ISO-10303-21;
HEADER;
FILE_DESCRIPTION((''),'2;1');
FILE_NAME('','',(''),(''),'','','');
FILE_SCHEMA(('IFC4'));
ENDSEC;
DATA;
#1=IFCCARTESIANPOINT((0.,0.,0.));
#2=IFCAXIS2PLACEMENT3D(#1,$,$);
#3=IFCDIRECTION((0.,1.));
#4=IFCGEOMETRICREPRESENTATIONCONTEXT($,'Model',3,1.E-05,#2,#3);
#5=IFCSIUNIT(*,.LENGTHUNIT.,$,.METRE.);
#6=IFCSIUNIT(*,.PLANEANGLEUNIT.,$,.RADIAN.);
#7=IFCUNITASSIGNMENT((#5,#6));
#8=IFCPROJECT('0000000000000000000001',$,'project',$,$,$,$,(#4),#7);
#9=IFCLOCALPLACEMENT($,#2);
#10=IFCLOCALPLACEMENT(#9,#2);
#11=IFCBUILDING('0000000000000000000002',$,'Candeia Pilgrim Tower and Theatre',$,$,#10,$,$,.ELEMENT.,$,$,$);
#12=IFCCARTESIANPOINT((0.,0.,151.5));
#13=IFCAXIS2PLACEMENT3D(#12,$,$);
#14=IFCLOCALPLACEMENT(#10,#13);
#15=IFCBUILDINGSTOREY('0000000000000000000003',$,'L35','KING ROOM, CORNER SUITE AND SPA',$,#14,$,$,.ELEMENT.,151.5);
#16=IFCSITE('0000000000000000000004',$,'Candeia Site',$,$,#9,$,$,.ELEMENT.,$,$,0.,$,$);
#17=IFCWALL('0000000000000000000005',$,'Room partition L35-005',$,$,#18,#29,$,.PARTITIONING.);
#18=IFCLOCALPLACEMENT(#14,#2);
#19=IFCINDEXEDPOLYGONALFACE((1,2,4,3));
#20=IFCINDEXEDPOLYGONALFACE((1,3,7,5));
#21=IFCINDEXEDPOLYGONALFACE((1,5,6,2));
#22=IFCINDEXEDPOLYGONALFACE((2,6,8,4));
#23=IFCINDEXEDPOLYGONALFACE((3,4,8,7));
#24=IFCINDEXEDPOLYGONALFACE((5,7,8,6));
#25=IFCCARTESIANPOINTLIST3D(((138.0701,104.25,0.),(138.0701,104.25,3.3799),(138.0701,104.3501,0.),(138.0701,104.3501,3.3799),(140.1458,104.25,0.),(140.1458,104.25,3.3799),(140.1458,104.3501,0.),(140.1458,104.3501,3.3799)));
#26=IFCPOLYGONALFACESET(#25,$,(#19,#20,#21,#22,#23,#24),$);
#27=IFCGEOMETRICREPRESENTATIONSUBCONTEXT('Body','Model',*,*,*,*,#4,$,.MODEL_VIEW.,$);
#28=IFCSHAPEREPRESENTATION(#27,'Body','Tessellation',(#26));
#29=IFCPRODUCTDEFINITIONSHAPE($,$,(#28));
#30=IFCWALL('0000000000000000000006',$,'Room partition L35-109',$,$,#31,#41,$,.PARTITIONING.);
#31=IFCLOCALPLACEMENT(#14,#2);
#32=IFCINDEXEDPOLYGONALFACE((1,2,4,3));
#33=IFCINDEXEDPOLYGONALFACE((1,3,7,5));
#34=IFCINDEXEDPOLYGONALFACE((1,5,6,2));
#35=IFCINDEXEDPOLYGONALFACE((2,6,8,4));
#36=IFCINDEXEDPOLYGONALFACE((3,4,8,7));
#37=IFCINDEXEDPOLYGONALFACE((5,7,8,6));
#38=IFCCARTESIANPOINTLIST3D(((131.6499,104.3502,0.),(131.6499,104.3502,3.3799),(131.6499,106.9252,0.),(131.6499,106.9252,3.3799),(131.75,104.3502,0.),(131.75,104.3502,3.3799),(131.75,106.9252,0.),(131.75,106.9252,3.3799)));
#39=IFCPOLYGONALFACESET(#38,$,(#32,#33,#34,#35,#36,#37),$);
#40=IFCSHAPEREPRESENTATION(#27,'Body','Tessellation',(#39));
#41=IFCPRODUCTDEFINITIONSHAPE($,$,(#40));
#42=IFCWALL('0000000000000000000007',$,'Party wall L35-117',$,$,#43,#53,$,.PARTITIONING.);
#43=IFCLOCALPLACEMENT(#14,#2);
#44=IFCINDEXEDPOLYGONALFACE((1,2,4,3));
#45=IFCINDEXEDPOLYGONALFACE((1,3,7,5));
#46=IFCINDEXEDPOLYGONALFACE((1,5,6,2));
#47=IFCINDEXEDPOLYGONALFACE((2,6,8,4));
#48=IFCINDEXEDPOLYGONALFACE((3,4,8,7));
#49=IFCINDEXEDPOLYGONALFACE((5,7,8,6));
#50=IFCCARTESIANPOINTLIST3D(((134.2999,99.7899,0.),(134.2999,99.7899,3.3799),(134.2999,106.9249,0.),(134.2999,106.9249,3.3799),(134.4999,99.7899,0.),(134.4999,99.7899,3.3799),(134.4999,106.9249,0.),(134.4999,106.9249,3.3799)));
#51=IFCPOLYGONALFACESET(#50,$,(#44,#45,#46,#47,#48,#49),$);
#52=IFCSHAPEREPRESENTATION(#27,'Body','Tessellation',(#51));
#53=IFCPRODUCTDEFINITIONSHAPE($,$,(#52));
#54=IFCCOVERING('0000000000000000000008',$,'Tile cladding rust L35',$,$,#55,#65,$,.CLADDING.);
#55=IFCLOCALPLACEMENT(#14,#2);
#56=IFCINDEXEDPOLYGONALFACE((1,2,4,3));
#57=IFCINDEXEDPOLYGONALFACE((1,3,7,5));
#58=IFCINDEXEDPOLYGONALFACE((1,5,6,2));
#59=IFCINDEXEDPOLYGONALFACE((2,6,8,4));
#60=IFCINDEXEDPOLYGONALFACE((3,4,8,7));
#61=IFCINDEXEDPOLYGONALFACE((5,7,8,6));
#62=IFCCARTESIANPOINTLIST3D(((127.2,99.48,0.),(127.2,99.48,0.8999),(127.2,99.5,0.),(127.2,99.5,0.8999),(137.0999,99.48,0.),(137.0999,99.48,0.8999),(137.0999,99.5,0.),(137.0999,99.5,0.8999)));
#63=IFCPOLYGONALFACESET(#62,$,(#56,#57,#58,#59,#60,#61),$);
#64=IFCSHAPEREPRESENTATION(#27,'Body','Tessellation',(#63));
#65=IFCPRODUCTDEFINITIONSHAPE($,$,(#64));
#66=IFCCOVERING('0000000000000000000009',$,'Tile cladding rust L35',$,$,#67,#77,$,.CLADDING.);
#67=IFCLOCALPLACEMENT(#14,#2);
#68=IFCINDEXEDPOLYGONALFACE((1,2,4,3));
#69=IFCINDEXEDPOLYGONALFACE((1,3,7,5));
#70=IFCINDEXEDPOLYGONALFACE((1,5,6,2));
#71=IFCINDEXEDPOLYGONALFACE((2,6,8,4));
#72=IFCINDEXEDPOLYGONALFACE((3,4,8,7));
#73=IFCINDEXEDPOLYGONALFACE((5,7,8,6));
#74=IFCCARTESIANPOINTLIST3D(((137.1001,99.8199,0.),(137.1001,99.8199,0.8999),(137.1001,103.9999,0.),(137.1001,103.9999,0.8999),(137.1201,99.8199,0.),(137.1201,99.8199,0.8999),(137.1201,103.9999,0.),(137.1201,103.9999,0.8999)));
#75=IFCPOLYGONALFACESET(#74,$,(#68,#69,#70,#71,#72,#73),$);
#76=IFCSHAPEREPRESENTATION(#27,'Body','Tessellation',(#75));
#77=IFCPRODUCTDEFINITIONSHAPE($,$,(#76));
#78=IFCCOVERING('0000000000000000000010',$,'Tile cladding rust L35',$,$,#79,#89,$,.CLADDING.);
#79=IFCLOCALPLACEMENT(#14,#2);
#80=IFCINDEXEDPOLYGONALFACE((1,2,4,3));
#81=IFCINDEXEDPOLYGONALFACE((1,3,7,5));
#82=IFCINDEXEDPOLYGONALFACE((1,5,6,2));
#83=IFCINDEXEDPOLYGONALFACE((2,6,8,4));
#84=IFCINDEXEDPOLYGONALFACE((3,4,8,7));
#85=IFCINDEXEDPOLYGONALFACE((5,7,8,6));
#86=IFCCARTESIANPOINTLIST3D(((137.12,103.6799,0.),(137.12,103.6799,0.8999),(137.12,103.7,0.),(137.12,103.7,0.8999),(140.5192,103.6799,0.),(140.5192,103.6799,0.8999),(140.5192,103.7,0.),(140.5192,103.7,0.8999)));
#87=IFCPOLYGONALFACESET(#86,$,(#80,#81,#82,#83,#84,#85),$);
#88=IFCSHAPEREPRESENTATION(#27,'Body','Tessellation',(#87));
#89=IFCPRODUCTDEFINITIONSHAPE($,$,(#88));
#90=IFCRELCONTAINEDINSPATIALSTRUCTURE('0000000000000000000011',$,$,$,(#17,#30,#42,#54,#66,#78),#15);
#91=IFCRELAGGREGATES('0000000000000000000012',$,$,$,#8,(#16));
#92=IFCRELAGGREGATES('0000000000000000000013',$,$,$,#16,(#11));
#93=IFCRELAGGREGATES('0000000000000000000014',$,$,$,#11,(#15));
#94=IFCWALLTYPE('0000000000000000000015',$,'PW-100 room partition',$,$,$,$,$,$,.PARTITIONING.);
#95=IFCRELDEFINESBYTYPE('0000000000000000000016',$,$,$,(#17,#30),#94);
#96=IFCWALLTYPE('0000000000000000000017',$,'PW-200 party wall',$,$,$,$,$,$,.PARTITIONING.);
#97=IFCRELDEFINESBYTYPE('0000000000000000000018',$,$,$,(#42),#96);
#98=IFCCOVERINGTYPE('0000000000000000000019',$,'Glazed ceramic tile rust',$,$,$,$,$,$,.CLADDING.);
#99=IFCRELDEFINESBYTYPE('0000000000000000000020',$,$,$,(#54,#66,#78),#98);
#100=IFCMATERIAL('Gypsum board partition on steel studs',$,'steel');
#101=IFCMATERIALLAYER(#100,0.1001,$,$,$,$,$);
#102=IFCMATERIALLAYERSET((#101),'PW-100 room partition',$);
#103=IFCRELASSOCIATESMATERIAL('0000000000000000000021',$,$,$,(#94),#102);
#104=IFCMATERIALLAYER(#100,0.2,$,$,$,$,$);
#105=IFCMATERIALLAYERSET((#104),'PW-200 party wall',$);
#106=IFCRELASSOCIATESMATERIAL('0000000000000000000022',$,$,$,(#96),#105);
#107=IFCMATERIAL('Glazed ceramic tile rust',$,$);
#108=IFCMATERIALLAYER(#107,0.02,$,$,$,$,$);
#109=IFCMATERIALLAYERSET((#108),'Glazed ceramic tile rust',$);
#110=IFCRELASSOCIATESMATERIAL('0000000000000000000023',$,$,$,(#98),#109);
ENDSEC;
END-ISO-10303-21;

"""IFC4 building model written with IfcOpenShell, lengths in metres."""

from ifc_helpers import new_model, si_unit, direction, frame, frame_2d, origin, origin_2d, place, context, subcontext, project, spatial, rectangle, extrude, material, layer, layer_set, type_object, element, save


model = new_model("IFC4")

# Units and contexts
model_context = context("Model", 3, precision=1e-05, world=origin(), true_north=direction((0.0, 1.0)))
body_context = subcontext(model_context, "Body", "Model", "MODEL_VIEW")
ifc_project = project(units=[si_unit("LENGTHUNIT", "METRE"), si_unit("PLANEANGLEUNIT", "RADIAN")], contexts=[model_context])

# Site, building, storey
site_placement = place(None, origin())
site = spatial("IfcSite", under=ifc_project, at=site_placement, Name="Candeia Site", CompositionType="ELEMENT", RefElevation=0.0)
building_placement = place(site_placement, origin())
building = spatial("IfcBuilding", under=site, at=building_placement, Name="Candeia Pilgrim Tower and Theatre", CompositionType="ELEMENT")
storey_placement = place(building_placement, frame((0.0, 0.0, 151.5)))
storey = spatial("IfcBuildingStorey", under=building, at=storey_placement, Name="L35", Description="KING ROOM, CORNER SUITE AND SPA", CompositionType="ELEMENT", Elevation=151.5)

# Shared definitions
ifc_material_1 = material(Name="Gypsum board partition on steel studs", Category="steel")
ifc_layer_1 = layer(ifc_material_1, 0.1001)
ifc_layer_set_1 = layer_set([ifc_layer_1], Name="PW-100 room partition")
wall_type_1 = type_object("IfcWallType", Name="PW-100 room partition", PredefinedType="PARTITIONING", material=ifc_layer_set_1)

# Walls
wall_1_placement = place(storey_placement, frame((138.0701, 104.3, 0.0), z_axis=(0.0, 0.0, 1.0), x_axis=(1.0, 0.0, 0.0)))
element("IfcWall", 1, at=wall_1_placement, inside=storey, type_object=wall_type_1, Name="Room partition L35-005", PredefinedType="PARTITIONING", context=body_context, shape_type="SweptSolid", body=[
    extrude(rectangle(XDim=2.0757, YDim=0.1001, at=frame_2d((1.0378, 0.0))), origin(), (0.0, 0.0, 1.0), 3.3799),
])
wall_2_placement = place(storey_placement, frame((131.7, 104.3501, 0.0), z_axis=(0.0, 0.0, 1.0), x_axis=(0.0, 1.0, 0.0)))
element("IfcWall", 2, at=wall_2_placement, inside=storey, type_object=wall_type_1, Name="Room partition L35-109", PredefinedType="PARTITIONING", context=body_context, shape_type="SweptSolid", body=[
    extrude(rectangle(XDim=2.575, YDim=0.1001, at=frame_2d((1.2876, 0.0))), origin(), (0.0, 0.0, 1.0), 3.3799),
])
ifc_layer_2 = layer(ifc_material_1, 0.2)
ifc_layer_set_2 = layer_set([ifc_layer_2], Name="PW-200 party wall")
wall_type_2 = type_object("IfcWallType", Name="PW-200 party wall", PredefinedType="PARTITIONING", material=ifc_layer_set_2)
wall_3_placement = place(storey_placement, frame((134.3999, 99.79, 0.0), z_axis=(0.0, 0.0, 1.0), x_axis=(0.0, 1.0, 0.0)))
element("IfcWall", 3, at=wall_3_placement, inside=storey, type_object=wall_type_2, Name="Party wall L35-117", PredefinedType="PARTITIONING", context=body_context, shape_type="SweptSolid", body=[
    extrude(rectangle(XDim=7.135, YDim=0.2, at=frame_2d((3.5674, 0.0))), origin(), (0.0, 0.0, 1.0), 3.3799),
])

# Coverings
ifc_material_2 = material(Name="Glazed ceramic tile rust")
ifc_layer_3 = layer(ifc_material_2, 0.02)
ifc_layer_set_3 = layer_set([ifc_layer_3], Name="Glazed ceramic tile rust")
covering_type = type_object("IfcCoveringType", Name="Glazed ceramic tile rust", PredefinedType="CLADDING", material=ifc_layer_set_3)
covering_1_placement = place(storey_placement, frame((132.1499, 99.49, 0.0), z_axis=(0.0, 0.0, 1.0), x_axis=(1.0, 0.0, 0.0)))
element("IfcCovering", 4, at=covering_1_placement, inside=storey, type_object=covering_type, Name="Tile cladding rust L35", PredefinedType="CLADDING", context=body_context, shape_type="SweptSolid", body=[
    extrude(rectangle(XDim=9.8999, YDim=0.02, at=origin_2d()), origin(), (0.0, 0.0, 1.0), 0.8999),
])
covering_2_placement = place(storey_placement, frame((137.1101, 101.9099, 0.0), z_axis=(0.0, 0.0, 1.0), x_axis=(0.0, 1.0, 0.0)))
element("IfcCovering", 5, at=covering_2_placement, inside=storey, type_object=covering_type, Name="Tile cladding rust L35", PredefinedType="CLADDING", context=body_context, shape_type="SweptSolid", body=[
    extrude(rectangle(XDim=4.1799, YDim=0.02, at=origin_2d()), origin(), (0.0, 0.0, 1.0), 0.8999),
])
covering_3_placement = place(storey_placement, frame((138.8196, 103.6899, 0.0), z_axis=(0.0, 0.0, 1.0), x_axis=(1.0, 0.0, 0.0)))
element("IfcCovering", 6, at=covering_3_placement, inside=storey, type_object=covering_type, Name="Tile cladding rust L35", PredefinedType="CLADDING", context=body_context, shape_type="SweptSolid", body=[
    extrude(rectangle(XDim=3.3992, YDim=0.02, at=origin_2d()), origin(), (0.0, 0.0, 1.0), 0.8999),
])

save(model, "model.ifc")
